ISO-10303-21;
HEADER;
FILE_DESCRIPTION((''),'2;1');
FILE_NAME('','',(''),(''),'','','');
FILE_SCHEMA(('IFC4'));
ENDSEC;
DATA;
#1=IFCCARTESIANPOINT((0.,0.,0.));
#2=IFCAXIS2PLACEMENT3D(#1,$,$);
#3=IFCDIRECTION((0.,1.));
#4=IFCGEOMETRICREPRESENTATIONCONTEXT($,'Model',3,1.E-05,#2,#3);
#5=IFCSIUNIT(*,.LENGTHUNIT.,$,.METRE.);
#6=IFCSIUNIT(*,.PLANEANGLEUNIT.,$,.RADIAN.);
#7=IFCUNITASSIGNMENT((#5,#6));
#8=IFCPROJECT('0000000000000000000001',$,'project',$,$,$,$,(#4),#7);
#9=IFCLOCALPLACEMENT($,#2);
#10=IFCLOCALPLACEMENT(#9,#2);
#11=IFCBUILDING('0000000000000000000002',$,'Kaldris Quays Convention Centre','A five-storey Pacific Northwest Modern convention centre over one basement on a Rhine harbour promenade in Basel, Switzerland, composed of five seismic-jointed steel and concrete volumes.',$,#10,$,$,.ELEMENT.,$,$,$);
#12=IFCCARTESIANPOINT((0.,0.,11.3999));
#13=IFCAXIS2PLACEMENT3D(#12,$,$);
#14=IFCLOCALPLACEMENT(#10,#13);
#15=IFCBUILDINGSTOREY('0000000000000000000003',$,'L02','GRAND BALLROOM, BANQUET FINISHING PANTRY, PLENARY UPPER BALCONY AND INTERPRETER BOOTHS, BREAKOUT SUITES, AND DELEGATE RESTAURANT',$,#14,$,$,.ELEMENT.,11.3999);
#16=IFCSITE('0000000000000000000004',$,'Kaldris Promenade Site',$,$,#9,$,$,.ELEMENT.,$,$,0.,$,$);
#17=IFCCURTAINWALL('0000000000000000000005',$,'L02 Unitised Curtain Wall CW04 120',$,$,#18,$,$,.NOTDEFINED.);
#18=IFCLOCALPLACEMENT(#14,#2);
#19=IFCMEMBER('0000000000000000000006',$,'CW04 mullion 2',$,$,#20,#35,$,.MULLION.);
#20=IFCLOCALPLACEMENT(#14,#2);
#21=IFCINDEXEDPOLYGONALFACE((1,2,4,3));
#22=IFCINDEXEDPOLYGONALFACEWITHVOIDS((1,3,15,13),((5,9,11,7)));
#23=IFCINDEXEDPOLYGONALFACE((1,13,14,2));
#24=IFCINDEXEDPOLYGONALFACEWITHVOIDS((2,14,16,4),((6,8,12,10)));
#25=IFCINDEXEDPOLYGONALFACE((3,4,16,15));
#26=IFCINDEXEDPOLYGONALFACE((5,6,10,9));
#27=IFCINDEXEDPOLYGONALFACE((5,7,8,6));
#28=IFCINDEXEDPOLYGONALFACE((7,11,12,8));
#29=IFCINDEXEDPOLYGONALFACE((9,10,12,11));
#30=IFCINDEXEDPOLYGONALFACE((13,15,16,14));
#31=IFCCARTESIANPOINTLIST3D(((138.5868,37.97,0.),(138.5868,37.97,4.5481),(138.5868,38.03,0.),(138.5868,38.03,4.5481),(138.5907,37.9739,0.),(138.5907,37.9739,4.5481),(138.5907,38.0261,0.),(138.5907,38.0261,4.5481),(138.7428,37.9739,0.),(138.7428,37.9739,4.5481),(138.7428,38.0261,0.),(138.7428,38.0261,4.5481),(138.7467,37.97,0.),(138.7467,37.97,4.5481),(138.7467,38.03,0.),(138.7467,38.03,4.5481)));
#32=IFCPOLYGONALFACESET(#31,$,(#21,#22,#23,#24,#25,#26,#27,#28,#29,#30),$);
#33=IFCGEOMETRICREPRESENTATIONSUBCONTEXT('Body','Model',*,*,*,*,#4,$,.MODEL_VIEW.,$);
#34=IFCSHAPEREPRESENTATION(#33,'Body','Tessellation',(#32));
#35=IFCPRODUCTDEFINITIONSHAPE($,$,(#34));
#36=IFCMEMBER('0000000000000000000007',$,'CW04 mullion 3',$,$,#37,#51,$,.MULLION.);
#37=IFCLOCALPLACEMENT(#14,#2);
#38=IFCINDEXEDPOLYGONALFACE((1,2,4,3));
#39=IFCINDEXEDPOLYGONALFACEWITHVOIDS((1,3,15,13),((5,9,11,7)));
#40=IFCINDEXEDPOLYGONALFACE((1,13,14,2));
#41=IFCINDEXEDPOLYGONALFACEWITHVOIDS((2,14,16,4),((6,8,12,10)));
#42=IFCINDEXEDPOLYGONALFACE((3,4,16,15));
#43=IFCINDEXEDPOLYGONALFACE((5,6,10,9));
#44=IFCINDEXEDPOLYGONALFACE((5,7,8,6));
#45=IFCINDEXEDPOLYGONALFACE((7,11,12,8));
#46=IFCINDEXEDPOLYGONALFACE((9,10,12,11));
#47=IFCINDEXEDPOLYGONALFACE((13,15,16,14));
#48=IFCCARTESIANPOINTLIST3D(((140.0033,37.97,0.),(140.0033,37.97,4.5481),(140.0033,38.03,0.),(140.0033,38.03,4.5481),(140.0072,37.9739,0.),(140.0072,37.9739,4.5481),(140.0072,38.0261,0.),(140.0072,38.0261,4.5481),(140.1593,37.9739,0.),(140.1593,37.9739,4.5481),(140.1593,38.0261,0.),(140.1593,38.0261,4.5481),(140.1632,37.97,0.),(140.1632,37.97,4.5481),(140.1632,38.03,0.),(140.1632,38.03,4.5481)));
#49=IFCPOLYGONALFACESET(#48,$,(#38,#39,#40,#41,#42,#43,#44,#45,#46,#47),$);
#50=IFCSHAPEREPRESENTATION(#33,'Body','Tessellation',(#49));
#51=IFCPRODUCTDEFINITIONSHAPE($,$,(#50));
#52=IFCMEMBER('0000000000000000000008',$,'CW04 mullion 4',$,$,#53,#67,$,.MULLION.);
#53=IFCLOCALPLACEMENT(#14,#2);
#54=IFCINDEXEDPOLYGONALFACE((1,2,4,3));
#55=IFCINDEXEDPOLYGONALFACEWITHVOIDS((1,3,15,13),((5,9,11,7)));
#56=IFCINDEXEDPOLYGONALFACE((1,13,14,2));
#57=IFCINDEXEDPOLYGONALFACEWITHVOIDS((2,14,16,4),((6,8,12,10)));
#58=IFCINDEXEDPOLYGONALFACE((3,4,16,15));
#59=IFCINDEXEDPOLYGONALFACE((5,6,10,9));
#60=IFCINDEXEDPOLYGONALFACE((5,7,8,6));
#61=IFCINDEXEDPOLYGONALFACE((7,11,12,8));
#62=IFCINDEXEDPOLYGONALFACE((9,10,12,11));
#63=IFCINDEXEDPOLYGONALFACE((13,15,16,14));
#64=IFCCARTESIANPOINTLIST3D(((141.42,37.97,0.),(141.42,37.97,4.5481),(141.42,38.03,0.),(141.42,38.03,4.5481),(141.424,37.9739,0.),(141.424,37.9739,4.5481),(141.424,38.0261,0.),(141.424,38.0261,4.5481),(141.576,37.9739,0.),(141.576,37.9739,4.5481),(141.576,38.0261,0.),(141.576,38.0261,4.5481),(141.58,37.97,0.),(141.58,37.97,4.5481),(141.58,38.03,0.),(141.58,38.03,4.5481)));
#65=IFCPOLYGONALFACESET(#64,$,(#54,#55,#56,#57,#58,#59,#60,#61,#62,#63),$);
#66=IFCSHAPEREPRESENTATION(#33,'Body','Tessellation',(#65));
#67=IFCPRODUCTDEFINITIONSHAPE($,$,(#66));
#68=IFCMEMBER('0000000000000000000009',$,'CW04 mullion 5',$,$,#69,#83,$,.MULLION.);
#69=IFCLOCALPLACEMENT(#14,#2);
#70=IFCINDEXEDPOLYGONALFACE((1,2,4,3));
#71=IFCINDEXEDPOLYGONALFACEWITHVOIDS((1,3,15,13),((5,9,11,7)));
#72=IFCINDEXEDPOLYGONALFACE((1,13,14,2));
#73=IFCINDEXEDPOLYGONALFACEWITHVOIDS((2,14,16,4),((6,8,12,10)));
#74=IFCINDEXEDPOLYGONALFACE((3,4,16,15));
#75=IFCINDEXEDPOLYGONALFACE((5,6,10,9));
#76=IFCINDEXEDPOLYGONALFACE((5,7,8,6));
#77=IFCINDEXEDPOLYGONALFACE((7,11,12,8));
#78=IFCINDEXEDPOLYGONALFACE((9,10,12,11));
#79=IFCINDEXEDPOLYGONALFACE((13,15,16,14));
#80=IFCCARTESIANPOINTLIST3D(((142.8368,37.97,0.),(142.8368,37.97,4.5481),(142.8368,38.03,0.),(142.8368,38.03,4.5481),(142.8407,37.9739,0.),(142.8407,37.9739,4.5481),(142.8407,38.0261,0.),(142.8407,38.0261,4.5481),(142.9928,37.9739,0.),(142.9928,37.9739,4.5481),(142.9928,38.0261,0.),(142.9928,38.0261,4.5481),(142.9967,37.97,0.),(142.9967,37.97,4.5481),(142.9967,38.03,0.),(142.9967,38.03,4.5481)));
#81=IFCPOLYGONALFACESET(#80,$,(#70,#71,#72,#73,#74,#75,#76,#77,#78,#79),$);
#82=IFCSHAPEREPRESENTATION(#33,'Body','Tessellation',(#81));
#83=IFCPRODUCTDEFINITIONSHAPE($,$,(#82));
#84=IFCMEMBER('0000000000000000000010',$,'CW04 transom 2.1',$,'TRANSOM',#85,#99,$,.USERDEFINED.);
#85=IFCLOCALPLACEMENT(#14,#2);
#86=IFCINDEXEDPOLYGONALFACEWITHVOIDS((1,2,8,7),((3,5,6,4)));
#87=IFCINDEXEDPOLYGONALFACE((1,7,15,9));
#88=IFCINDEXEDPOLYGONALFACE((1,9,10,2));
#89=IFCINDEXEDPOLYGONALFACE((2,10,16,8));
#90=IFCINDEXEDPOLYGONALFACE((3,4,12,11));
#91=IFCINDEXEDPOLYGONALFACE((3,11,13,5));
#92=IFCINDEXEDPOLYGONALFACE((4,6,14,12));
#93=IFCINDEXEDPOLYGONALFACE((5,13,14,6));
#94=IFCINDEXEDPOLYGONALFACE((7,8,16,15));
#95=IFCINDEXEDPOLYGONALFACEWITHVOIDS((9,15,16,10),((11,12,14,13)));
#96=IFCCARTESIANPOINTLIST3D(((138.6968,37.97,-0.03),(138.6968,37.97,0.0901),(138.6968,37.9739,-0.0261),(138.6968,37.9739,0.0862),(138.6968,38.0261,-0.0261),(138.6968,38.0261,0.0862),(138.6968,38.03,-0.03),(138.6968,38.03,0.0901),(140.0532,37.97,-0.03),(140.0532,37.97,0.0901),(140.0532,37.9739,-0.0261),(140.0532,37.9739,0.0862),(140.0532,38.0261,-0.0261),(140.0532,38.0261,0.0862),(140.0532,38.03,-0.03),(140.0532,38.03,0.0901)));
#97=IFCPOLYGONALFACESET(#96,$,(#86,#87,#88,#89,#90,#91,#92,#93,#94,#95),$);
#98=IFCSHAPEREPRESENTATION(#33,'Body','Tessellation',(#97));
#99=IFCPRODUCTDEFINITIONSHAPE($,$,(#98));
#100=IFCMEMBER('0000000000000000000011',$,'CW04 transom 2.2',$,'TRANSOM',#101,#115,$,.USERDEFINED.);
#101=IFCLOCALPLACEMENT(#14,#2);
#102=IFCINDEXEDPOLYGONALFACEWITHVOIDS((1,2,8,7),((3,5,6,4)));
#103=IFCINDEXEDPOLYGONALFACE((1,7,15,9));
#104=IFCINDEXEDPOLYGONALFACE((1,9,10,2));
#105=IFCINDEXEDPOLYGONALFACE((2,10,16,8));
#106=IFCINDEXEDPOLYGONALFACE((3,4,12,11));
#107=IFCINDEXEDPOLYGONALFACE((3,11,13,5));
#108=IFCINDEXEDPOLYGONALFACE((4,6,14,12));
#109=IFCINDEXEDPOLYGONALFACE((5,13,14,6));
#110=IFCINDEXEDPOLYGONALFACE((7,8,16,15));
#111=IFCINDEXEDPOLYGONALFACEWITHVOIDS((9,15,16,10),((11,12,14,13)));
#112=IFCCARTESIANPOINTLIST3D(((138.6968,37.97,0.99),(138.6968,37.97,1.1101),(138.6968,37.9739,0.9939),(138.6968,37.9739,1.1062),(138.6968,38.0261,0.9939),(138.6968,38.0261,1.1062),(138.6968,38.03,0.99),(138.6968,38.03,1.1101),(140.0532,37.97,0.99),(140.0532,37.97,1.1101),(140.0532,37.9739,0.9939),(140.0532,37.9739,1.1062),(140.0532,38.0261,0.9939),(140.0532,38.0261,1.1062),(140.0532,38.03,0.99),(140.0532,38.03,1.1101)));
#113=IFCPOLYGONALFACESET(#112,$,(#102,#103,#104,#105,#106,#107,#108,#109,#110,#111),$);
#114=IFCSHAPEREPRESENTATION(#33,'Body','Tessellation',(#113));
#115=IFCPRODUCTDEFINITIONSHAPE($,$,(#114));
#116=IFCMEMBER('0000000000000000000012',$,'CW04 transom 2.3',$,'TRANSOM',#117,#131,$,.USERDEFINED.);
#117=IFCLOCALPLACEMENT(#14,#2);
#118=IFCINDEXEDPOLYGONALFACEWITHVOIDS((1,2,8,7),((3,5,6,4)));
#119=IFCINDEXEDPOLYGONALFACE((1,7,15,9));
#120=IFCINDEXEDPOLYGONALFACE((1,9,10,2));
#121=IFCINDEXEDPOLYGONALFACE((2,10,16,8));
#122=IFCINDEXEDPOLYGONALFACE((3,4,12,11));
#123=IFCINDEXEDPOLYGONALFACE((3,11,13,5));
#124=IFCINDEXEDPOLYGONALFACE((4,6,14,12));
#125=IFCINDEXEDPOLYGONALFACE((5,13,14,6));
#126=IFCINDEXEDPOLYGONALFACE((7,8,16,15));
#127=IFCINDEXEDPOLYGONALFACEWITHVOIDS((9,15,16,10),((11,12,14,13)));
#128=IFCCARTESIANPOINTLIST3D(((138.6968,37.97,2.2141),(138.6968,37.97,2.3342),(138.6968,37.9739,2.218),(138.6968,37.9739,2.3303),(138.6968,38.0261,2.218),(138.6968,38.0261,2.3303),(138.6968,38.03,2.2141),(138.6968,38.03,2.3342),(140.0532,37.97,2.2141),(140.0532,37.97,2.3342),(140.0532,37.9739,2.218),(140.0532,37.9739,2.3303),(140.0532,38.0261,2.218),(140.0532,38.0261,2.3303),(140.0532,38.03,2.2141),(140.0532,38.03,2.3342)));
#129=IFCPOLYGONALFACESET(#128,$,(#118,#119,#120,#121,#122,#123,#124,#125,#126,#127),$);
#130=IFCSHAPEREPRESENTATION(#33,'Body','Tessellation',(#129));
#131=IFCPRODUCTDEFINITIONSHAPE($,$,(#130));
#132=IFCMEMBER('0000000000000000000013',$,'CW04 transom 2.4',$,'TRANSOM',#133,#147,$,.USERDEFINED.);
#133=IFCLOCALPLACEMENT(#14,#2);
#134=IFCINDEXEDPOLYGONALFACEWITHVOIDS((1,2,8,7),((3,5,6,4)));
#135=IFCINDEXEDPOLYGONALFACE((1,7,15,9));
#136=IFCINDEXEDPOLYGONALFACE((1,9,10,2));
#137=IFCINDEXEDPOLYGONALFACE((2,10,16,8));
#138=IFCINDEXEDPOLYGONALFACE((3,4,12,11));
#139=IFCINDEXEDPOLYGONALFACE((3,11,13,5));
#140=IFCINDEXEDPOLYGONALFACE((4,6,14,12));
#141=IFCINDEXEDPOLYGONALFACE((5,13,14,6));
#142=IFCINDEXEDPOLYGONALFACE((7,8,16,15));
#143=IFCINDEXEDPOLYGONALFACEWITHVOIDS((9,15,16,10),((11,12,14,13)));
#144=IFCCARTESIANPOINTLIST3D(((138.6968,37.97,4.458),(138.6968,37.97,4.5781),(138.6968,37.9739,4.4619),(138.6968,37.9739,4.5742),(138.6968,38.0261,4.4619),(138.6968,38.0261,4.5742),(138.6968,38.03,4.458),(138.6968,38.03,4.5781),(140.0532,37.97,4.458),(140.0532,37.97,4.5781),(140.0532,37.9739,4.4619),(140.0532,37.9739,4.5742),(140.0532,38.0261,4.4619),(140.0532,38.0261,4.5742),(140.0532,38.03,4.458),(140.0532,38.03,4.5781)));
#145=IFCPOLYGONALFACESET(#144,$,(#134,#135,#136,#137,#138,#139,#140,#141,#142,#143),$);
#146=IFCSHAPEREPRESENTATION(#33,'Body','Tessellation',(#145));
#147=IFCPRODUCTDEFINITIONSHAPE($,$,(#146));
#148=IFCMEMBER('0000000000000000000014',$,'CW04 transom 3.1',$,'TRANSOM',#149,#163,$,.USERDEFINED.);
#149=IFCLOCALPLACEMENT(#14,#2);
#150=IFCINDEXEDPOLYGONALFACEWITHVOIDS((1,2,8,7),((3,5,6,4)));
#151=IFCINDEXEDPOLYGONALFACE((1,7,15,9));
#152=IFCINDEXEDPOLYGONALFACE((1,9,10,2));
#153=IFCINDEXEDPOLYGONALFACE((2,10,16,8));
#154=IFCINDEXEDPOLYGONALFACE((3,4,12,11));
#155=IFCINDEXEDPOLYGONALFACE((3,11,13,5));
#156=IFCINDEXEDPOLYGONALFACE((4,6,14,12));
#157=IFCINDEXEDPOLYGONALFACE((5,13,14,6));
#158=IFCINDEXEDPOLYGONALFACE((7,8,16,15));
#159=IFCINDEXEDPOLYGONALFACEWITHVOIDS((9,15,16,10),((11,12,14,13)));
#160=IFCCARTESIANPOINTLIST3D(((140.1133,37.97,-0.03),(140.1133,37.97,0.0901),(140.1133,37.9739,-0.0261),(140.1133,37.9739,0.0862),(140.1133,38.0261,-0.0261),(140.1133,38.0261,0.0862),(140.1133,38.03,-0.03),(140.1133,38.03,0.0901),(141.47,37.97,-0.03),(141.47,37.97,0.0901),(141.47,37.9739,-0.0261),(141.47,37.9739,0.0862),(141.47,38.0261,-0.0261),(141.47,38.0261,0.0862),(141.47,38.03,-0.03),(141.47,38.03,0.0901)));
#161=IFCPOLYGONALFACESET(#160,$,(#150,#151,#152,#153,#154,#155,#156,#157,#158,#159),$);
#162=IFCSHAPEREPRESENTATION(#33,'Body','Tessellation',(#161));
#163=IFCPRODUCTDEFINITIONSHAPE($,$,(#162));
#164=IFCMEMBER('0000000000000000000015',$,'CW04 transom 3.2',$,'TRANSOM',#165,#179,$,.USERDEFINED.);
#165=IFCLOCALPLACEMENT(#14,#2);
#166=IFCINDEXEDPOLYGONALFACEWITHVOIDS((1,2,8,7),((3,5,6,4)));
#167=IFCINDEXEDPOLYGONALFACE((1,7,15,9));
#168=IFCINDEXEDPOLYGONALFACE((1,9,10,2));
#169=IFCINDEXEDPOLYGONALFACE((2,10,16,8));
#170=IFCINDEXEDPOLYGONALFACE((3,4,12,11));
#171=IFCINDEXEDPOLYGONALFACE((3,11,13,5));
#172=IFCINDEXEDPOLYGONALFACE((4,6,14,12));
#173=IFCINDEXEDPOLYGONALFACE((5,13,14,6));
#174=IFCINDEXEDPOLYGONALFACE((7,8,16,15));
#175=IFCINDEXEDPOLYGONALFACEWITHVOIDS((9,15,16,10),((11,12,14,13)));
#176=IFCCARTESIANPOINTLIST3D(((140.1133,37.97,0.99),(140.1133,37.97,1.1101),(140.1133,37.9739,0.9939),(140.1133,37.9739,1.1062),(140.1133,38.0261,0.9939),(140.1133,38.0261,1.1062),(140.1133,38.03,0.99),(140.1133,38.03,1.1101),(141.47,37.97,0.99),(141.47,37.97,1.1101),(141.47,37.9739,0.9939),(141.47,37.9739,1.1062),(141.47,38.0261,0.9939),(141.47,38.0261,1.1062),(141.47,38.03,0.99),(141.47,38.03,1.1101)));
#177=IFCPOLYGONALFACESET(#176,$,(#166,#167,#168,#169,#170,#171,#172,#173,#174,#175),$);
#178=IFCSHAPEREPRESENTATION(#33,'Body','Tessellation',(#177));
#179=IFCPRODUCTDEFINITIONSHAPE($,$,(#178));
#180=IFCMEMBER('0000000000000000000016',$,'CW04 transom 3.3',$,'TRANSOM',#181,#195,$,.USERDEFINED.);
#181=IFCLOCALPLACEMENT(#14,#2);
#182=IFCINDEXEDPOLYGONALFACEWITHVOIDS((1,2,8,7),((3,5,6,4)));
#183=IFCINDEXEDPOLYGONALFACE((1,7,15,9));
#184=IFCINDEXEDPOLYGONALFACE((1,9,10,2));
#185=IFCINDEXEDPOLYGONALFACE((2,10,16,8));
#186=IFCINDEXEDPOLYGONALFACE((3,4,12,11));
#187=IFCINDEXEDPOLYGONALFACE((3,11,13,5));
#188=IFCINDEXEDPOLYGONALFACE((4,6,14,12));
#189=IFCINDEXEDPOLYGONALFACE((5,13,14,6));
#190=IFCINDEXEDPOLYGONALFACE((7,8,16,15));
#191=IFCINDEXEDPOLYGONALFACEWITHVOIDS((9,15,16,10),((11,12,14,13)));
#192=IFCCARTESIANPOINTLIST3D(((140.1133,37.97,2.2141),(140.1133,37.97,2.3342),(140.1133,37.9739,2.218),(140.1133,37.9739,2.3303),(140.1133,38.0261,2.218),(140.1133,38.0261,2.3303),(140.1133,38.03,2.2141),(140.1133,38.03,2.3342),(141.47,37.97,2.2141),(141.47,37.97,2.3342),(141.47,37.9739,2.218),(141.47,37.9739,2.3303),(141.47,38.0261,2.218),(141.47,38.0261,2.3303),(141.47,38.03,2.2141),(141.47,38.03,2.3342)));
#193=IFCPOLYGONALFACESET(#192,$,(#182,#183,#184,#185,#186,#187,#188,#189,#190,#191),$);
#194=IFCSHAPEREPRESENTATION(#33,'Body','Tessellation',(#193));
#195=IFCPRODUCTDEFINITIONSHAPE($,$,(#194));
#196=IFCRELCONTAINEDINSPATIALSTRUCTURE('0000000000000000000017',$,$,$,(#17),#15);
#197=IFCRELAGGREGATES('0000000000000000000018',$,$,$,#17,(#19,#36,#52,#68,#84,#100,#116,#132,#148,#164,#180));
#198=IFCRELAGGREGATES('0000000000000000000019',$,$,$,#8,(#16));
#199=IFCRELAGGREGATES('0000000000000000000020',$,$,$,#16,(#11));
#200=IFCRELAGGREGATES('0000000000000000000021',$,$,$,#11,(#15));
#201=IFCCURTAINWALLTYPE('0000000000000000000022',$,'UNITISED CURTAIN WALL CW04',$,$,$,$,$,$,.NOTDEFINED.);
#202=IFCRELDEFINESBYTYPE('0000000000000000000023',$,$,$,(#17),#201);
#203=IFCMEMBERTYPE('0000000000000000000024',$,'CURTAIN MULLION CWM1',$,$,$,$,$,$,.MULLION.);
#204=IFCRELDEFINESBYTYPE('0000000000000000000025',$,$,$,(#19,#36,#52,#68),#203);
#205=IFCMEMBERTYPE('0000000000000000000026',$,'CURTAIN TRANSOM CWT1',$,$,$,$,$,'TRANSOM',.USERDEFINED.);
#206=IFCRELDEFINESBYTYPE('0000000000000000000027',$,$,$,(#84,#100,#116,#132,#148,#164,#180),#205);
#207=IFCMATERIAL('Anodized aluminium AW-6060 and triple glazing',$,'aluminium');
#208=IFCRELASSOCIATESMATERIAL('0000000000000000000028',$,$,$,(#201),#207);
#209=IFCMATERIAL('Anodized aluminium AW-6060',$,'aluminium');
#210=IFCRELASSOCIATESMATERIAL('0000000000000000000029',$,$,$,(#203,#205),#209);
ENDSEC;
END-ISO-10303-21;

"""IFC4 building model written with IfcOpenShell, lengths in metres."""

from ifc_helpers import new_model, si_unit, direction, frame, origin, origin_2d, place, context, subcontext, project, spatial, hollow_rectangle, extrude, material, material_profile, profile_set, type_object, element, aggregate, save


model = new_model("IFC4")

# Units and contexts
model_context = context("Model", 3, precision=1e-05, world=origin(), true_north=direction((0.0, 1.0)))
body_context = subcontext(model_context, "Body", "Model", "MODEL_VIEW")
ifc_project = project(units=[si_unit("LENGTHUNIT", "METRE"), si_unit("PLANEANGLEUNIT", "RADIAN")], contexts=[model_context])

# Site, building, storey
site_placement = place(None, origin())
site = spatial("IfcSite", under=ifc_project, at=site_placement, Name="Kaldris Promenade Site", CompositionType="ELEMENT", RefElevation=0.0)
building_placement = place(site_placement, origin())
building = spatial("IfcBuilding", under=site, at=building_placement, Name="Kaldris Quays Convention Centre", Description="A five-storey Pacific Northwest Modern convention centre over one basement on a Rhine harbour promenade in Basel, Switzerland, composed of five seismic-jointed steel and concrete volumes.", CompositionType="ELEMENT")
storey_placement = place(building_placement, frame((0.0, 0.0, 11.3999)))
storey = spatial("IfcBuildingStorey", under=building, at=storey_placement, Name="L02", Description="GRAND BALLROOM, BANQUET FINISHING PANTRY, PLENARY UPPER BALCONY AND INTERPRETER BOOTHS, BREAKOUT SUITES, AND DELEGATE RESTAURANT", CompositionType="ELEMENT", Elevation=11.3999)

# Curtain wall, members
ifc_material_1 = material(Name="Anodized aluminium AW-6060 and triple glazing", Category="aluminium")
curtain_wall_type = type_object("IfcCurtainWallType", Name="UNITISED CURTAIN WALL CW04", PredefinedType="NOTDEFINED", material=ifc_material_1)
curtain_wall_placement = place(storey_placement, origin())
curtain_wall = element("IfcCurtainWall", 1, at=curtain_wall_placement, inside=storey, type_object=curtain_wall_type, Name="L02 Unitised Curtain Wall CW04 120", PredefinedType="NOTDEFINED")
ifc_material_2 = material(Name="Anodized aluminium AW-6060", Category="aluminium")
ifc_material_profile_1 = material_profile(ifc_material_2, hollow_rectangle(XDim=0.0601, YDim=0.1599, WallThickness=0.0039, at=origin_2d()), Name="RHS 160x60x4")
ifc_profile_set_1 = profile_set([ifc_material_profile_1], Name="Anodized aluminium AW-6060")
member_type_1 = type_object("IfcMemberType", Name="CURTAIN MULLION CWM1", PredefinedType="MULLION", material=ifc_profile_set_1)
member_1_placement = place(storey_placement, frame((138.6667, 38.0, 0.0), z_axis=(0.0, 0.0, 1.0), x_axis=(0.0, 1.0, 0.0)))
member_1 = element("IfcMember", 2, at=member_1_placement, type_object=member_type_1, Name="CW04 mullion 2", PredefinedType="MULLION", context=body_context, shape_type="SweptSolid", body=[
    extrude(hollow_rectangle(XDim=0.0601, YDim=0.1599, WallThickness=0.0039, at=origin_2d()), origin(), (0.0, 0.0, 1.0), 4.5481),
])
member_2_placement = place(storey_placement, frame((140.0833, 38.0, 0.0), z_axis=(0.0, 0.0, 1.0), x_axis=(0.0, 1.0, 0.0)))
member_2 = element("IfcMember", 3, at=member_2_placement, type_object=member_type_1, Name="CW04 mullion 3", PredefinedType="MULLION", context=body_context, shape_type="SweptSolid", body=[
    extrude(hollow_rectangle(XDim=0.0601, YDim=0.1599, WallThickness=0.0039, at=origin_2d()), origin(), (0.0, 0.0, 1.0), 4.5481),
])
member_3_placement = place(storey_placement, frame((141.5, 38.0, 0.0), z_axis=(0.0, 0.0, 1.0), x_axis=(0.0, 1.0, 0.0)))
member_3 = element("IfcMember", 4, at=member_3_placement, type_object=member_type_1, Name="CW04 mullion 4", PredefinedType="MULLION", context=body_context, shape_type="SweptSolid", body=[
    extrude(hollow_rectangle(XDim=0.0601, YDim=0.1599, WallThickness=0.0039, at=origin_2d()), origin(), (0.0, 0.0, 1.0), 4.5481),
])
member_4_placement = place(storey_placement, frame((142.9167, 38.0, 0.0), z_axis=(0.0, 0.0, 1.0), x_axis=(0.0, 1.0, 0.0)))
member_4 = element("IfcMember", 5, at=member_4_placement, type_object=member_type_1, Name="CW04 mullion 5", PredefinedType="MULLION", context=body_context, shape_type="SweptSolid", body=[
    extrude(hollow_rectangle(XDim=0.0601, YDim=0.1599, WallThickness=0.0039, at=origin_2d()), origin(), (0.0, 0.0, 1.0), 4.5481),
])
ifc_material_profile_2 = material_profile(ifc_material_2, hollow_rectangle(XDim=0.0601, YDim=0.1201, WallThickness=0.0039, at=origin_2d()), Name="RHS 120x60x4")
ifc_profile_set_2 = profile_set([ifc_material_profile_2], Name="Anodized aluminium AW-6060")
member_type_2 = type_object("IfcMemberType", Name="CURTAIN TRANSOM CWT1", ElementType="TRANSOM", PredefinedType="USERDEFINED", material=ifc_profile_set_2)
member_5_placement = place(storey_placement, frame((138.6968, 38.0, 0.03), z_axis=(1.0, 0.0, 0.0), x_axis=(0.0, 1.0, 0.0)))
member_5 = element("IfcMember", 6, at=member_5_placement, type_object=member_type_2, Name="CW04 transom 2.1", ObjectType="TRANSOM", PredefinedType="USERDEFINED", context=body_context, shape_type="SweptSolid", body=[
    extrude(hollow_rectangle(XDim=0.0601, YDim=0.1201, WallThickness=0.0039, at=origin_2d()), origin(), (0.0, 0.0, 1.0), 1.3564),
])
member_6_placement = place(storey_placement, frame((138.6968, 38.0, 1.05), z_axis=(1.0, 0.0, 0.0), x_axis=(0.0, 1.0, 0.0)))
member_6 = element("IfcMember", 7, at=member_6_placement, type_object=member_type_2, Name="CW04 transom 2.2", ObjectType="TRANSOM", PredefinedType="USERDEFINED", context=body_context, shape_type="SweptSolid", body=[
    extrude(hollow_rectangle(XDim=0.0601, YDim=0.1201, WallThickness=0.0039, at=origin_2d()), origin(), (0.0, 0.0, 1.0), 1.3564),
])
member_7_placement = place(storey_placement, frame((138.6968, 38.0, 2.2742), z_axis=(1.0, 0.0, 0.0), x_axis=(0.0, 1.0, 0.0)))
member_7 = element("IfcMember", 8, at=member_7_placement, type_object=member_type_2, Name="CW04 transom 2.3", ObjectType="TRANSOM", PredefinedType="USERDEFINED", context=body_context, shape_type="SweptSolid", body=[
    extrude(hollow_rectangle(XDim=0.0601, YDim=0.1201, WallThickness=0.0039, at=origin_2d()), origin(), (0.0, 0.0, 1.0), 1.3564),
])
member_8_placement = place(storey_placement, frame((138.6968, 38.0, 4.5181), z_axis=(1.0, 0.0, 0.0), x_axis=(0.0, 1.0, 0.0)))
member_8 = element("IfcMember", 9, at=member_8_placement, type_object=member_type_2, Name="CW04 transom 2.4", ObjectType="TRANSOM", PredefinedType="USERDEFINED", context=body_context, shape_type="SweptSolid", body=[
    extrude(hollow_rectangle(XDim=0.0601, YDim=0.1201, WallThickness=0.0039, at=origin_2d()), origin(), (0.0, 0.0, 1.0), 1.3564),
])
member_9_placement = place(storey_placement, frame((140.1133, 38.0, 0.03), z_axis=(1.0, 0.0, 0.0), x_axis=(0.0, 1.0, 0.0)))
member_9 = element("IfcMember", 10, at=member_9_placement, type_object=member_type_2, Name="CW04 transom 3.1", ObjectType="TRANSOM", PredefinedType="USERDEFINED", context=body_context, shape_type="SweptSolid", body=[
    extrude(hollow_rectangle(XDim=0.0601, YDim=0.1201, WallThickness=0.0039, at=origin_2d()), origin(), (0.0, 0.0, 1.0), 1.3567),
])
member_10_placement = place(storey_placement, frame((140.1133, 38.0, 1.05), z_axis=(1.0, 0.0, 0.0), x_axis=(0.0, 1.0, 0.0)))
member_10 = element("IfcMember", 11, at=member_10_placement, type_object=member_type_2, Name="CW04 transom 3.2", ObjectType="TRANSOM", PredefinedType="USERDEFINED", context=body_context, shape_type="SweptSolid", body=[
    extrude(hollow_rectangle(XDim=0.0601, YDim=0.1201, WallThickness=0.0039, at=origin_2d()), origin(), (0.0, 0.0, 1.0), 1.3567),
])
member_11_placement = place(storey_placement, frame((140.1133, 38.0, 2.2742), z_axis=(1.0, 0.0, 0.0), x_axis=(0.0, 1.0, 0.0)))
member_11 = element("IfcMember", 12, at=member_11_placement, type_object=member_type_2, Name="CW04 transom 3.3", ObjectType="TRANSOM", PredefinedType="USERDEFINED", context=body_context, shape_type="SweptSolid", body=[
    extrude(hollow_rectangle(XDim=0.0601, YDim=0.1201, WallThickness=0.0039, at=origin_2d()), origin(), (0.0, 0.0, 1.0), 1.3567),
])
aggregate(curtain_wall, [member_1, member_2, member_3, member_4, member_5, member_6, member_7, member_8, member_9, member_10, member_11])

save(model, "model.ifc")
